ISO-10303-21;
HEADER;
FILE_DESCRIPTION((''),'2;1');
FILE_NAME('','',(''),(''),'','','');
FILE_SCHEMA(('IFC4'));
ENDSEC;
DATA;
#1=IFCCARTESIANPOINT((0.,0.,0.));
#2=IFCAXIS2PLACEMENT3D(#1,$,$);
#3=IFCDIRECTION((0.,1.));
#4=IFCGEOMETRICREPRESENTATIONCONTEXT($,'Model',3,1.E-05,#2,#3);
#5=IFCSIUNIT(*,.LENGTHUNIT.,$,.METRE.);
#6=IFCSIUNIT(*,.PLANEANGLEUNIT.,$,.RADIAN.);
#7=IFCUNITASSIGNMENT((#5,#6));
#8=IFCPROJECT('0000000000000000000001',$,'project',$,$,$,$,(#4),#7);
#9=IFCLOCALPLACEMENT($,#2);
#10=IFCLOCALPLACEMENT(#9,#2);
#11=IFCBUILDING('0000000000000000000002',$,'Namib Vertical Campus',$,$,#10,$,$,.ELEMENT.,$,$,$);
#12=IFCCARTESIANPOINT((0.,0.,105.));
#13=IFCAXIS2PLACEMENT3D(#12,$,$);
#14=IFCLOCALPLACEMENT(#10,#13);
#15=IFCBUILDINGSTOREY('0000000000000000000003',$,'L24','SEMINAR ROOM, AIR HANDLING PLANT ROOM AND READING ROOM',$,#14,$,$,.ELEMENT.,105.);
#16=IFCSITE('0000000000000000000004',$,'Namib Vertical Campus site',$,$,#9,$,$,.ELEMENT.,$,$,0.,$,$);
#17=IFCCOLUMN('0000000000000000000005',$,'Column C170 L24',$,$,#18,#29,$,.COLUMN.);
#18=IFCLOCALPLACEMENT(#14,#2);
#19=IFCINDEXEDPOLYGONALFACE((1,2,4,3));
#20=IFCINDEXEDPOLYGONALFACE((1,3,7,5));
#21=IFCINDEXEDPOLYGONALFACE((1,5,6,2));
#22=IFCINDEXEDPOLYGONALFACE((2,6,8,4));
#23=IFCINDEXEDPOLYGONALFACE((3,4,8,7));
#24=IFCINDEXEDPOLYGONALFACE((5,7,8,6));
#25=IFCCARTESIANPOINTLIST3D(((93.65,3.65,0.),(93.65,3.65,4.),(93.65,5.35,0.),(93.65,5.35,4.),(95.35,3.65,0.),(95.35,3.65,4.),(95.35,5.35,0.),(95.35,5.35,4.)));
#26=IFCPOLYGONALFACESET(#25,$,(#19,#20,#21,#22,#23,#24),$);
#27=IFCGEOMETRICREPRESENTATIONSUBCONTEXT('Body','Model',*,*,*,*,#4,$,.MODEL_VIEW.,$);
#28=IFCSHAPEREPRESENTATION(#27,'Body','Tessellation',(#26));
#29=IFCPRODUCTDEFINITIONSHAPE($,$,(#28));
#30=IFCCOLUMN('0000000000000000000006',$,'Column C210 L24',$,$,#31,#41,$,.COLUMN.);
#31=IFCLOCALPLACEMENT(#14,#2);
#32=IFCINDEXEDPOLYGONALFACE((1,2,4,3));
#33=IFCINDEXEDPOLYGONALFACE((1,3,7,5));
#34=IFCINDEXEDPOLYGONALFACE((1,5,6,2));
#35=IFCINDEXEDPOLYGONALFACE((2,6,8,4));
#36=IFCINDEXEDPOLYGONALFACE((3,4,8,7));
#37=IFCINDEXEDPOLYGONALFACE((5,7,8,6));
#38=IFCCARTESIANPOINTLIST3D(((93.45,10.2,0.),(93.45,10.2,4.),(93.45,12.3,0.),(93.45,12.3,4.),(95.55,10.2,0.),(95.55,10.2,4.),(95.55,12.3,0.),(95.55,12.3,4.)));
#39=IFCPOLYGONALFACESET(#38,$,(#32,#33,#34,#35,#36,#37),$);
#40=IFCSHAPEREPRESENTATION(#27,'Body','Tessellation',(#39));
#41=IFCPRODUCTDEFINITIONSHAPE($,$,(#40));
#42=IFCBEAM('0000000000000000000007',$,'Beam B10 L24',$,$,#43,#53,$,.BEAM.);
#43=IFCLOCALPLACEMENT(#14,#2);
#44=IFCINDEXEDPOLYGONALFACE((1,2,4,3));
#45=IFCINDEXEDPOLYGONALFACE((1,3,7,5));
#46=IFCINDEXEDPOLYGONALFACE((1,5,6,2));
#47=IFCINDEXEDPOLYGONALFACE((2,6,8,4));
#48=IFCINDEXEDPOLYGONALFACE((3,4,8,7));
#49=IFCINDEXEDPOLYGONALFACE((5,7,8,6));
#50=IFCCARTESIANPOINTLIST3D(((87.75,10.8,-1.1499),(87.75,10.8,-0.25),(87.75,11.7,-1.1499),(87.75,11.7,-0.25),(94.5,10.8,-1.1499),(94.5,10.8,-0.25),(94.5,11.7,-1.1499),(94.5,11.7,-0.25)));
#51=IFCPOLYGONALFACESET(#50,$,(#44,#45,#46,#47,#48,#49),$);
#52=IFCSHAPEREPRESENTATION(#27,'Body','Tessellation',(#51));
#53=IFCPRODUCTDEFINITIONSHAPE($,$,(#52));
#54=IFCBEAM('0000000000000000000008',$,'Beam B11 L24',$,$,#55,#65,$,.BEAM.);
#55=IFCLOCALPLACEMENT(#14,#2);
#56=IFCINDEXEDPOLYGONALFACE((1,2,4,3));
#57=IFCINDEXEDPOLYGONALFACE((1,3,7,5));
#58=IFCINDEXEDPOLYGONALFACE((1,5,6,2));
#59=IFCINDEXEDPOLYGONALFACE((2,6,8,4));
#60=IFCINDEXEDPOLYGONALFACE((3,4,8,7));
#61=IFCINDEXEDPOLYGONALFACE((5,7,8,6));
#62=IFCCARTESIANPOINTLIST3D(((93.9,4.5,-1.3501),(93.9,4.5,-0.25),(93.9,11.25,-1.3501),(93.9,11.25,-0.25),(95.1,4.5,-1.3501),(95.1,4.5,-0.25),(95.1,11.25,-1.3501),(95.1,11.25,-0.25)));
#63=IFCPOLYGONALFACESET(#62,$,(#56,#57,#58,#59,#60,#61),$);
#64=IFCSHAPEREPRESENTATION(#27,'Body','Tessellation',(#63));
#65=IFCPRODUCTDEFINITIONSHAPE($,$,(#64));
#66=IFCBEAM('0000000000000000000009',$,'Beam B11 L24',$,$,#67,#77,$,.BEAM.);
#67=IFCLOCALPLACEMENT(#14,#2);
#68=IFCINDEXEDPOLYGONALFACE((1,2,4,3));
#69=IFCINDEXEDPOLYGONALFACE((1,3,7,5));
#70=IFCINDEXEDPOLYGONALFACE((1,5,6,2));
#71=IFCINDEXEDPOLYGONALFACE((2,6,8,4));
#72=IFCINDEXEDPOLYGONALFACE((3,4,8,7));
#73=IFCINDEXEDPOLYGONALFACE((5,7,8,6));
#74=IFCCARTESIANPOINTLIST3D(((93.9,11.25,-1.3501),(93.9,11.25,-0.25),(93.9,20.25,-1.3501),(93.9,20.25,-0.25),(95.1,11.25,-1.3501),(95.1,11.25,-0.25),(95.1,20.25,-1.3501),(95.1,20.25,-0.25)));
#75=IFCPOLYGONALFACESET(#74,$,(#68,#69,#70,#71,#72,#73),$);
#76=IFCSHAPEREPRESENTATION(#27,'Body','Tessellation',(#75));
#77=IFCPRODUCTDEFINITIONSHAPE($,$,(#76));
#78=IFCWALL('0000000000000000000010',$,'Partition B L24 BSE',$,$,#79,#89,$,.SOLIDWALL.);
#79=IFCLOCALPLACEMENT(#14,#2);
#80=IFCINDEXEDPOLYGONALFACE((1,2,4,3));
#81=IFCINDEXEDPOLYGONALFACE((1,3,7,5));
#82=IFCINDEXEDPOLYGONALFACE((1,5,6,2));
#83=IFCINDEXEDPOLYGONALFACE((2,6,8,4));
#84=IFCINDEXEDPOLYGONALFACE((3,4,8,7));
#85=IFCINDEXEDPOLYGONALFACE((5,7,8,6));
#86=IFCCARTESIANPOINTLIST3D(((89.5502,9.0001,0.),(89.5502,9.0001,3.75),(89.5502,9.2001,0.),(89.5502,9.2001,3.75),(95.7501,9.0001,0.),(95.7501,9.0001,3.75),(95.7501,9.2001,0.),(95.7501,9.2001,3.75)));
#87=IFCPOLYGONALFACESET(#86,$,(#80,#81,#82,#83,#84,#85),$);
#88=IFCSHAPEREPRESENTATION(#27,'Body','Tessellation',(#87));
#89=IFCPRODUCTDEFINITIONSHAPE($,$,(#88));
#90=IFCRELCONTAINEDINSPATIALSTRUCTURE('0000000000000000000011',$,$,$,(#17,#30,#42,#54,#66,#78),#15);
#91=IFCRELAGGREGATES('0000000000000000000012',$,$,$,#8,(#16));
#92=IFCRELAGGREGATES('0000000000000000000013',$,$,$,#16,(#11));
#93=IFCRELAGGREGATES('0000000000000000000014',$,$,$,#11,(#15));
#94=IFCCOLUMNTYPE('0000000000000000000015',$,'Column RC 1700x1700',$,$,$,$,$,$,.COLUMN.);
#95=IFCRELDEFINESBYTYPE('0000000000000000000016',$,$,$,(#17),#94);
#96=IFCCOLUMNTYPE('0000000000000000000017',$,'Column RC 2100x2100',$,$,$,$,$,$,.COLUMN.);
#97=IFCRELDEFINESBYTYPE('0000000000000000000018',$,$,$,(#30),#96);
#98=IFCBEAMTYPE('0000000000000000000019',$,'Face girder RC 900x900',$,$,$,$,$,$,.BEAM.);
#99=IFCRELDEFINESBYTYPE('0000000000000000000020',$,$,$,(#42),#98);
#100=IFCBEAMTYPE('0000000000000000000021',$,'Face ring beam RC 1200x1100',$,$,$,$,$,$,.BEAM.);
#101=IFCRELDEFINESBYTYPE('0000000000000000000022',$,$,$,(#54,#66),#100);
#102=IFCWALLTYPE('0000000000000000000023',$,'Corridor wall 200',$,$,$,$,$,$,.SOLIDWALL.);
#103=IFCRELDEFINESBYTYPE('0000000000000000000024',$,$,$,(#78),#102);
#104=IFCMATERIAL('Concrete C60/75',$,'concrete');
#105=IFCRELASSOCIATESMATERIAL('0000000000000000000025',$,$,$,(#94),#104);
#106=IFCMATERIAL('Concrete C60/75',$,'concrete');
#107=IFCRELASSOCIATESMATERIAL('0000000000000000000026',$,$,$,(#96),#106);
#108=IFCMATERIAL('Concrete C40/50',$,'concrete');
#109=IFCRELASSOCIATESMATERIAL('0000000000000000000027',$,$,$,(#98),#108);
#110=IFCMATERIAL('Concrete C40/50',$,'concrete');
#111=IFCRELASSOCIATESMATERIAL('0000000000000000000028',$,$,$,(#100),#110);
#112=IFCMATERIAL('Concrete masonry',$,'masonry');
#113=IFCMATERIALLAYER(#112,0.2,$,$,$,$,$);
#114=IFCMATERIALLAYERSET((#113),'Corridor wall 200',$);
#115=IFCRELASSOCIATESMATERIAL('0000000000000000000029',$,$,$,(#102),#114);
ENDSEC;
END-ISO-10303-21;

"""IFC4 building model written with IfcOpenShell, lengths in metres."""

from ifc_helpers import new_model, si_unit, direction, frame, frame_2d, origin, origin_2d, place, context, subcontext, project, spatial, rectangle, extrude, material, layer, layer_set, material_profile, profile_set, type_object, element, save


model = new_model("IFC4")

# Units and contexts
model_context = context("Model", 3, precision=1e-05, world=origin(), true_north=direction((0.0, 1.0)))
body_context = subcontext(model_context, "Body", "Model", "MODEL_VIEW")
ifc_project = project(units=[si_unit("LENGTHUNIT", "METRE"), si_unit("PLANEANGLEUNIT", "RADIAN")], contexts=[model_context])

# Site, building, storey
site_placement = place(None, origin())
site = spatial("IfcSite", under=ifc_project, at=site_placement, Name="Namib Vertical Campus site", CompositionType="ELEMENT", RefElevation=0.0)
building_placement = place(site_placement, origin())
building = spatial("IfcBuilding", under=site, at=building_placement, Name="Namib Vertical Campus", CompositionType="ELEMENT")
storey_placement = place(building_placement, frame((0.0, 0.0, 105.0)))
storey = spatial("IfcBuildingStorey", under=building, at=storey_placement, Name="L24", Description="SEMINAR ROOM, AIR HANDLING PLANT ROOM AND READING ROOM", CompositionType="ELEMENT", Elevation=105.0)

# Columns
ifc_material_1 = material(Name="Concrete C60/75", Category="concrete")
ifc_material_profile_1 = material_profile(ifc_material_1, rectangle(XDim=1.7, YDim=1.7, at=origin_2d()))
ifc_profile_set_1 = profile_set([ifc_material_profile_1], Name="Concrete C60/75")
column_type_1 = type_object("IfcColumnType", Name="Column RC 1700x1700", PredefinedType="COLUMN", material=ifc_profile_set_1)
column_1_placement = place(storey_placement, frame((94.5, 4.5, 0.0), z_axis=(0.0, 0.0, 1.0), x_axis=(1.0, 0.0, 0.0)))
element("IfcColumn", 1, at=column_1_placement, inside=storey, type_object=column_type_1, Name="Column C170 L24", PredefinedType="COLUMN", context=body_context, shape_type="SweptSolid", body=[
    extrude(rectangle(XDim=1.7, YDim=1.7, at=origin_2d()), origin(), (0.0, 0.0, 1.0), 4.0),
])
ifc_material_2 = material(Name="Concrete C60/75", Category="concrete")
ifc_material_profile_2 = material_profile(ifc_material_2, rectangle(XDim=2.1001, YDim=2.1001, at=origin_2d()))
ifc_profile_set_2 = profile_set([ifc_material_profile_2], Name="Concrete C60/75")
column_type_2 = type_object("IfcColumnType", Name="Column RC 2100x2100", PredefinedType="COLUMN", material=ifc_profile_set_2)
column_2_placement = place(storey_placement, frame((94.5, 11.25, 0.0), z_axis=(0.0, 0.0, 1.0), x_axis=(1.0, 0.0, 0.0)))
element("IfcColumn", 2, at=column_2_placement, inside=storey, type_object=column_type_2, Name="Column C210 L24", PredefinedType="COLUMN", context=body_context, shape_type="SweptSolid", body=[
    extrude(rectangle(XDim=2.1001, YDim=2.1001, at=origin_2d()), origin(), (0.0, 0.0, 1.0), 4.0),
])

# Beams
ifc_material_3 = material(Name="Concrete C40/50", Category="concrete")
ifc_material_profile_3 = material_profile(ifc_material_3, rectangle(XDim=0.8999, YDim=0.8999, at=origin_2d()))
ifc_profile_set_3 = profile_set([ifc_material_profile_3], Name="Concrete C40/50")
beam_type_1 = type_object("IfcBeamType", Name="Face girder RC 900x900", PredefinedType="BEAM", material=ifc_profile_set_3)
beam_1_placement = place(storey_placement, frame((94.5, 11.25, -0.7), z_axis=(-1.0, 0.0, 0.0), x_axis=(0.0, -1.0, 0.0)))
element("IfcBeam", 3, at=beam_1_placement, inside=storey, type_object=beam_type_1, Name="Beam B10 L24", PredefinedType="BEAM", context=body_context, shape_type="SweptSolid", body=[
    extrude(rectangle(XDim=0.8999, YDim=0.8999, at=origin_2d()), origin(), (0.0, 0.0, 1.0), 6.75),
])
ifc_material_4 = material(Name="Concrete C40/50", Category="concrete")
ifc_material_profile_4 = material_profile(ifc_material_4, rectangle(XDim=1.2, YDim=1.1001, at=origin_2d()))
ifc_profile_set_4 = profile_set([ifc_material_profile_4], Name="Concrete C40/50")
beam_type_2 = type_object("IfcBeamType", Name="Face ring beam RC 1200x1100", PredefinedType="BEAM", material=ifc_profile_set_4)
beam_2_placement = place(storey_placement, frame((94.5, 4.5, -0.8), z_axis=(0.0, 1.0, 0.0), x_axis=(-1.0, 0.0, 0.0)))
element("IfcBeam", 4, at=beam_2_placement, inside=storey, type_object=beam_type_2, Name="Beam B11 L24", PredefinedType="BEAM", context=body_context, shape_type="SweptSolid", body=[
    extrude(rectangle(XDim=1.2, YDim=1.1001, at=origin_2d()), origin(), (0.0, 0.0, 1.0), 6.75),
])
beam_3_placement = place(storey_placement, frame((94.5, 11.25, -0.8), z_axis=(0.0, 1.0, 0.0), x_axis=(-1.0, 0.0, 0.0)))
element("IfcBeam", 5, at=beam_3_placement, inside=storey, type_object=beam_type_2, Name="Beam B11 L24", PredefinedType="BEAM", context=body_context, shape_type="SweptSolid", body=[
    extrude(rectangle(XDim=1.2, YDim=1.1001, at=origin_2d()), origin(), (0.0, 0.0, 1.0), 9.0),
])

# Wall
ifc_material_5 = material(Name="Concrete masonry", Category="masonry")
ifc_layer_1 = layer(ifc_material_5, 0.2)
ifc_layer_set_1 = layer_set([ifc_layer_1], Name="Corridor wall 200")
wall_type_1 = type_object("IfcWallType", Name="Corridor wall 200", PredefinedType="SOLIDWALL", material=ifc_layer_set_1)
wall_1_placement = place(storey_placement, frame((89.55, 9.1001, 0.0), z_axis=(0.0, 0.0, 1.0), x_axis=(1.0, 0.0, 0.0)))
element("IfcWall", 6, at=wall_1_placement, inside=storey, type_object=wall_type_1, Name="Partition B L24 BSE", PredefinedType="SOLIDWALL", context=body_context, shape_type="SweptSolid", body=[
    extrude(rectangle(XDim=6.2, YDim=0.2, at=frame_2d((3.1001, 0.0))), origin(), (0.0, 0.0, 1.0), 3.75),
])

save(model, "model.ifc")
